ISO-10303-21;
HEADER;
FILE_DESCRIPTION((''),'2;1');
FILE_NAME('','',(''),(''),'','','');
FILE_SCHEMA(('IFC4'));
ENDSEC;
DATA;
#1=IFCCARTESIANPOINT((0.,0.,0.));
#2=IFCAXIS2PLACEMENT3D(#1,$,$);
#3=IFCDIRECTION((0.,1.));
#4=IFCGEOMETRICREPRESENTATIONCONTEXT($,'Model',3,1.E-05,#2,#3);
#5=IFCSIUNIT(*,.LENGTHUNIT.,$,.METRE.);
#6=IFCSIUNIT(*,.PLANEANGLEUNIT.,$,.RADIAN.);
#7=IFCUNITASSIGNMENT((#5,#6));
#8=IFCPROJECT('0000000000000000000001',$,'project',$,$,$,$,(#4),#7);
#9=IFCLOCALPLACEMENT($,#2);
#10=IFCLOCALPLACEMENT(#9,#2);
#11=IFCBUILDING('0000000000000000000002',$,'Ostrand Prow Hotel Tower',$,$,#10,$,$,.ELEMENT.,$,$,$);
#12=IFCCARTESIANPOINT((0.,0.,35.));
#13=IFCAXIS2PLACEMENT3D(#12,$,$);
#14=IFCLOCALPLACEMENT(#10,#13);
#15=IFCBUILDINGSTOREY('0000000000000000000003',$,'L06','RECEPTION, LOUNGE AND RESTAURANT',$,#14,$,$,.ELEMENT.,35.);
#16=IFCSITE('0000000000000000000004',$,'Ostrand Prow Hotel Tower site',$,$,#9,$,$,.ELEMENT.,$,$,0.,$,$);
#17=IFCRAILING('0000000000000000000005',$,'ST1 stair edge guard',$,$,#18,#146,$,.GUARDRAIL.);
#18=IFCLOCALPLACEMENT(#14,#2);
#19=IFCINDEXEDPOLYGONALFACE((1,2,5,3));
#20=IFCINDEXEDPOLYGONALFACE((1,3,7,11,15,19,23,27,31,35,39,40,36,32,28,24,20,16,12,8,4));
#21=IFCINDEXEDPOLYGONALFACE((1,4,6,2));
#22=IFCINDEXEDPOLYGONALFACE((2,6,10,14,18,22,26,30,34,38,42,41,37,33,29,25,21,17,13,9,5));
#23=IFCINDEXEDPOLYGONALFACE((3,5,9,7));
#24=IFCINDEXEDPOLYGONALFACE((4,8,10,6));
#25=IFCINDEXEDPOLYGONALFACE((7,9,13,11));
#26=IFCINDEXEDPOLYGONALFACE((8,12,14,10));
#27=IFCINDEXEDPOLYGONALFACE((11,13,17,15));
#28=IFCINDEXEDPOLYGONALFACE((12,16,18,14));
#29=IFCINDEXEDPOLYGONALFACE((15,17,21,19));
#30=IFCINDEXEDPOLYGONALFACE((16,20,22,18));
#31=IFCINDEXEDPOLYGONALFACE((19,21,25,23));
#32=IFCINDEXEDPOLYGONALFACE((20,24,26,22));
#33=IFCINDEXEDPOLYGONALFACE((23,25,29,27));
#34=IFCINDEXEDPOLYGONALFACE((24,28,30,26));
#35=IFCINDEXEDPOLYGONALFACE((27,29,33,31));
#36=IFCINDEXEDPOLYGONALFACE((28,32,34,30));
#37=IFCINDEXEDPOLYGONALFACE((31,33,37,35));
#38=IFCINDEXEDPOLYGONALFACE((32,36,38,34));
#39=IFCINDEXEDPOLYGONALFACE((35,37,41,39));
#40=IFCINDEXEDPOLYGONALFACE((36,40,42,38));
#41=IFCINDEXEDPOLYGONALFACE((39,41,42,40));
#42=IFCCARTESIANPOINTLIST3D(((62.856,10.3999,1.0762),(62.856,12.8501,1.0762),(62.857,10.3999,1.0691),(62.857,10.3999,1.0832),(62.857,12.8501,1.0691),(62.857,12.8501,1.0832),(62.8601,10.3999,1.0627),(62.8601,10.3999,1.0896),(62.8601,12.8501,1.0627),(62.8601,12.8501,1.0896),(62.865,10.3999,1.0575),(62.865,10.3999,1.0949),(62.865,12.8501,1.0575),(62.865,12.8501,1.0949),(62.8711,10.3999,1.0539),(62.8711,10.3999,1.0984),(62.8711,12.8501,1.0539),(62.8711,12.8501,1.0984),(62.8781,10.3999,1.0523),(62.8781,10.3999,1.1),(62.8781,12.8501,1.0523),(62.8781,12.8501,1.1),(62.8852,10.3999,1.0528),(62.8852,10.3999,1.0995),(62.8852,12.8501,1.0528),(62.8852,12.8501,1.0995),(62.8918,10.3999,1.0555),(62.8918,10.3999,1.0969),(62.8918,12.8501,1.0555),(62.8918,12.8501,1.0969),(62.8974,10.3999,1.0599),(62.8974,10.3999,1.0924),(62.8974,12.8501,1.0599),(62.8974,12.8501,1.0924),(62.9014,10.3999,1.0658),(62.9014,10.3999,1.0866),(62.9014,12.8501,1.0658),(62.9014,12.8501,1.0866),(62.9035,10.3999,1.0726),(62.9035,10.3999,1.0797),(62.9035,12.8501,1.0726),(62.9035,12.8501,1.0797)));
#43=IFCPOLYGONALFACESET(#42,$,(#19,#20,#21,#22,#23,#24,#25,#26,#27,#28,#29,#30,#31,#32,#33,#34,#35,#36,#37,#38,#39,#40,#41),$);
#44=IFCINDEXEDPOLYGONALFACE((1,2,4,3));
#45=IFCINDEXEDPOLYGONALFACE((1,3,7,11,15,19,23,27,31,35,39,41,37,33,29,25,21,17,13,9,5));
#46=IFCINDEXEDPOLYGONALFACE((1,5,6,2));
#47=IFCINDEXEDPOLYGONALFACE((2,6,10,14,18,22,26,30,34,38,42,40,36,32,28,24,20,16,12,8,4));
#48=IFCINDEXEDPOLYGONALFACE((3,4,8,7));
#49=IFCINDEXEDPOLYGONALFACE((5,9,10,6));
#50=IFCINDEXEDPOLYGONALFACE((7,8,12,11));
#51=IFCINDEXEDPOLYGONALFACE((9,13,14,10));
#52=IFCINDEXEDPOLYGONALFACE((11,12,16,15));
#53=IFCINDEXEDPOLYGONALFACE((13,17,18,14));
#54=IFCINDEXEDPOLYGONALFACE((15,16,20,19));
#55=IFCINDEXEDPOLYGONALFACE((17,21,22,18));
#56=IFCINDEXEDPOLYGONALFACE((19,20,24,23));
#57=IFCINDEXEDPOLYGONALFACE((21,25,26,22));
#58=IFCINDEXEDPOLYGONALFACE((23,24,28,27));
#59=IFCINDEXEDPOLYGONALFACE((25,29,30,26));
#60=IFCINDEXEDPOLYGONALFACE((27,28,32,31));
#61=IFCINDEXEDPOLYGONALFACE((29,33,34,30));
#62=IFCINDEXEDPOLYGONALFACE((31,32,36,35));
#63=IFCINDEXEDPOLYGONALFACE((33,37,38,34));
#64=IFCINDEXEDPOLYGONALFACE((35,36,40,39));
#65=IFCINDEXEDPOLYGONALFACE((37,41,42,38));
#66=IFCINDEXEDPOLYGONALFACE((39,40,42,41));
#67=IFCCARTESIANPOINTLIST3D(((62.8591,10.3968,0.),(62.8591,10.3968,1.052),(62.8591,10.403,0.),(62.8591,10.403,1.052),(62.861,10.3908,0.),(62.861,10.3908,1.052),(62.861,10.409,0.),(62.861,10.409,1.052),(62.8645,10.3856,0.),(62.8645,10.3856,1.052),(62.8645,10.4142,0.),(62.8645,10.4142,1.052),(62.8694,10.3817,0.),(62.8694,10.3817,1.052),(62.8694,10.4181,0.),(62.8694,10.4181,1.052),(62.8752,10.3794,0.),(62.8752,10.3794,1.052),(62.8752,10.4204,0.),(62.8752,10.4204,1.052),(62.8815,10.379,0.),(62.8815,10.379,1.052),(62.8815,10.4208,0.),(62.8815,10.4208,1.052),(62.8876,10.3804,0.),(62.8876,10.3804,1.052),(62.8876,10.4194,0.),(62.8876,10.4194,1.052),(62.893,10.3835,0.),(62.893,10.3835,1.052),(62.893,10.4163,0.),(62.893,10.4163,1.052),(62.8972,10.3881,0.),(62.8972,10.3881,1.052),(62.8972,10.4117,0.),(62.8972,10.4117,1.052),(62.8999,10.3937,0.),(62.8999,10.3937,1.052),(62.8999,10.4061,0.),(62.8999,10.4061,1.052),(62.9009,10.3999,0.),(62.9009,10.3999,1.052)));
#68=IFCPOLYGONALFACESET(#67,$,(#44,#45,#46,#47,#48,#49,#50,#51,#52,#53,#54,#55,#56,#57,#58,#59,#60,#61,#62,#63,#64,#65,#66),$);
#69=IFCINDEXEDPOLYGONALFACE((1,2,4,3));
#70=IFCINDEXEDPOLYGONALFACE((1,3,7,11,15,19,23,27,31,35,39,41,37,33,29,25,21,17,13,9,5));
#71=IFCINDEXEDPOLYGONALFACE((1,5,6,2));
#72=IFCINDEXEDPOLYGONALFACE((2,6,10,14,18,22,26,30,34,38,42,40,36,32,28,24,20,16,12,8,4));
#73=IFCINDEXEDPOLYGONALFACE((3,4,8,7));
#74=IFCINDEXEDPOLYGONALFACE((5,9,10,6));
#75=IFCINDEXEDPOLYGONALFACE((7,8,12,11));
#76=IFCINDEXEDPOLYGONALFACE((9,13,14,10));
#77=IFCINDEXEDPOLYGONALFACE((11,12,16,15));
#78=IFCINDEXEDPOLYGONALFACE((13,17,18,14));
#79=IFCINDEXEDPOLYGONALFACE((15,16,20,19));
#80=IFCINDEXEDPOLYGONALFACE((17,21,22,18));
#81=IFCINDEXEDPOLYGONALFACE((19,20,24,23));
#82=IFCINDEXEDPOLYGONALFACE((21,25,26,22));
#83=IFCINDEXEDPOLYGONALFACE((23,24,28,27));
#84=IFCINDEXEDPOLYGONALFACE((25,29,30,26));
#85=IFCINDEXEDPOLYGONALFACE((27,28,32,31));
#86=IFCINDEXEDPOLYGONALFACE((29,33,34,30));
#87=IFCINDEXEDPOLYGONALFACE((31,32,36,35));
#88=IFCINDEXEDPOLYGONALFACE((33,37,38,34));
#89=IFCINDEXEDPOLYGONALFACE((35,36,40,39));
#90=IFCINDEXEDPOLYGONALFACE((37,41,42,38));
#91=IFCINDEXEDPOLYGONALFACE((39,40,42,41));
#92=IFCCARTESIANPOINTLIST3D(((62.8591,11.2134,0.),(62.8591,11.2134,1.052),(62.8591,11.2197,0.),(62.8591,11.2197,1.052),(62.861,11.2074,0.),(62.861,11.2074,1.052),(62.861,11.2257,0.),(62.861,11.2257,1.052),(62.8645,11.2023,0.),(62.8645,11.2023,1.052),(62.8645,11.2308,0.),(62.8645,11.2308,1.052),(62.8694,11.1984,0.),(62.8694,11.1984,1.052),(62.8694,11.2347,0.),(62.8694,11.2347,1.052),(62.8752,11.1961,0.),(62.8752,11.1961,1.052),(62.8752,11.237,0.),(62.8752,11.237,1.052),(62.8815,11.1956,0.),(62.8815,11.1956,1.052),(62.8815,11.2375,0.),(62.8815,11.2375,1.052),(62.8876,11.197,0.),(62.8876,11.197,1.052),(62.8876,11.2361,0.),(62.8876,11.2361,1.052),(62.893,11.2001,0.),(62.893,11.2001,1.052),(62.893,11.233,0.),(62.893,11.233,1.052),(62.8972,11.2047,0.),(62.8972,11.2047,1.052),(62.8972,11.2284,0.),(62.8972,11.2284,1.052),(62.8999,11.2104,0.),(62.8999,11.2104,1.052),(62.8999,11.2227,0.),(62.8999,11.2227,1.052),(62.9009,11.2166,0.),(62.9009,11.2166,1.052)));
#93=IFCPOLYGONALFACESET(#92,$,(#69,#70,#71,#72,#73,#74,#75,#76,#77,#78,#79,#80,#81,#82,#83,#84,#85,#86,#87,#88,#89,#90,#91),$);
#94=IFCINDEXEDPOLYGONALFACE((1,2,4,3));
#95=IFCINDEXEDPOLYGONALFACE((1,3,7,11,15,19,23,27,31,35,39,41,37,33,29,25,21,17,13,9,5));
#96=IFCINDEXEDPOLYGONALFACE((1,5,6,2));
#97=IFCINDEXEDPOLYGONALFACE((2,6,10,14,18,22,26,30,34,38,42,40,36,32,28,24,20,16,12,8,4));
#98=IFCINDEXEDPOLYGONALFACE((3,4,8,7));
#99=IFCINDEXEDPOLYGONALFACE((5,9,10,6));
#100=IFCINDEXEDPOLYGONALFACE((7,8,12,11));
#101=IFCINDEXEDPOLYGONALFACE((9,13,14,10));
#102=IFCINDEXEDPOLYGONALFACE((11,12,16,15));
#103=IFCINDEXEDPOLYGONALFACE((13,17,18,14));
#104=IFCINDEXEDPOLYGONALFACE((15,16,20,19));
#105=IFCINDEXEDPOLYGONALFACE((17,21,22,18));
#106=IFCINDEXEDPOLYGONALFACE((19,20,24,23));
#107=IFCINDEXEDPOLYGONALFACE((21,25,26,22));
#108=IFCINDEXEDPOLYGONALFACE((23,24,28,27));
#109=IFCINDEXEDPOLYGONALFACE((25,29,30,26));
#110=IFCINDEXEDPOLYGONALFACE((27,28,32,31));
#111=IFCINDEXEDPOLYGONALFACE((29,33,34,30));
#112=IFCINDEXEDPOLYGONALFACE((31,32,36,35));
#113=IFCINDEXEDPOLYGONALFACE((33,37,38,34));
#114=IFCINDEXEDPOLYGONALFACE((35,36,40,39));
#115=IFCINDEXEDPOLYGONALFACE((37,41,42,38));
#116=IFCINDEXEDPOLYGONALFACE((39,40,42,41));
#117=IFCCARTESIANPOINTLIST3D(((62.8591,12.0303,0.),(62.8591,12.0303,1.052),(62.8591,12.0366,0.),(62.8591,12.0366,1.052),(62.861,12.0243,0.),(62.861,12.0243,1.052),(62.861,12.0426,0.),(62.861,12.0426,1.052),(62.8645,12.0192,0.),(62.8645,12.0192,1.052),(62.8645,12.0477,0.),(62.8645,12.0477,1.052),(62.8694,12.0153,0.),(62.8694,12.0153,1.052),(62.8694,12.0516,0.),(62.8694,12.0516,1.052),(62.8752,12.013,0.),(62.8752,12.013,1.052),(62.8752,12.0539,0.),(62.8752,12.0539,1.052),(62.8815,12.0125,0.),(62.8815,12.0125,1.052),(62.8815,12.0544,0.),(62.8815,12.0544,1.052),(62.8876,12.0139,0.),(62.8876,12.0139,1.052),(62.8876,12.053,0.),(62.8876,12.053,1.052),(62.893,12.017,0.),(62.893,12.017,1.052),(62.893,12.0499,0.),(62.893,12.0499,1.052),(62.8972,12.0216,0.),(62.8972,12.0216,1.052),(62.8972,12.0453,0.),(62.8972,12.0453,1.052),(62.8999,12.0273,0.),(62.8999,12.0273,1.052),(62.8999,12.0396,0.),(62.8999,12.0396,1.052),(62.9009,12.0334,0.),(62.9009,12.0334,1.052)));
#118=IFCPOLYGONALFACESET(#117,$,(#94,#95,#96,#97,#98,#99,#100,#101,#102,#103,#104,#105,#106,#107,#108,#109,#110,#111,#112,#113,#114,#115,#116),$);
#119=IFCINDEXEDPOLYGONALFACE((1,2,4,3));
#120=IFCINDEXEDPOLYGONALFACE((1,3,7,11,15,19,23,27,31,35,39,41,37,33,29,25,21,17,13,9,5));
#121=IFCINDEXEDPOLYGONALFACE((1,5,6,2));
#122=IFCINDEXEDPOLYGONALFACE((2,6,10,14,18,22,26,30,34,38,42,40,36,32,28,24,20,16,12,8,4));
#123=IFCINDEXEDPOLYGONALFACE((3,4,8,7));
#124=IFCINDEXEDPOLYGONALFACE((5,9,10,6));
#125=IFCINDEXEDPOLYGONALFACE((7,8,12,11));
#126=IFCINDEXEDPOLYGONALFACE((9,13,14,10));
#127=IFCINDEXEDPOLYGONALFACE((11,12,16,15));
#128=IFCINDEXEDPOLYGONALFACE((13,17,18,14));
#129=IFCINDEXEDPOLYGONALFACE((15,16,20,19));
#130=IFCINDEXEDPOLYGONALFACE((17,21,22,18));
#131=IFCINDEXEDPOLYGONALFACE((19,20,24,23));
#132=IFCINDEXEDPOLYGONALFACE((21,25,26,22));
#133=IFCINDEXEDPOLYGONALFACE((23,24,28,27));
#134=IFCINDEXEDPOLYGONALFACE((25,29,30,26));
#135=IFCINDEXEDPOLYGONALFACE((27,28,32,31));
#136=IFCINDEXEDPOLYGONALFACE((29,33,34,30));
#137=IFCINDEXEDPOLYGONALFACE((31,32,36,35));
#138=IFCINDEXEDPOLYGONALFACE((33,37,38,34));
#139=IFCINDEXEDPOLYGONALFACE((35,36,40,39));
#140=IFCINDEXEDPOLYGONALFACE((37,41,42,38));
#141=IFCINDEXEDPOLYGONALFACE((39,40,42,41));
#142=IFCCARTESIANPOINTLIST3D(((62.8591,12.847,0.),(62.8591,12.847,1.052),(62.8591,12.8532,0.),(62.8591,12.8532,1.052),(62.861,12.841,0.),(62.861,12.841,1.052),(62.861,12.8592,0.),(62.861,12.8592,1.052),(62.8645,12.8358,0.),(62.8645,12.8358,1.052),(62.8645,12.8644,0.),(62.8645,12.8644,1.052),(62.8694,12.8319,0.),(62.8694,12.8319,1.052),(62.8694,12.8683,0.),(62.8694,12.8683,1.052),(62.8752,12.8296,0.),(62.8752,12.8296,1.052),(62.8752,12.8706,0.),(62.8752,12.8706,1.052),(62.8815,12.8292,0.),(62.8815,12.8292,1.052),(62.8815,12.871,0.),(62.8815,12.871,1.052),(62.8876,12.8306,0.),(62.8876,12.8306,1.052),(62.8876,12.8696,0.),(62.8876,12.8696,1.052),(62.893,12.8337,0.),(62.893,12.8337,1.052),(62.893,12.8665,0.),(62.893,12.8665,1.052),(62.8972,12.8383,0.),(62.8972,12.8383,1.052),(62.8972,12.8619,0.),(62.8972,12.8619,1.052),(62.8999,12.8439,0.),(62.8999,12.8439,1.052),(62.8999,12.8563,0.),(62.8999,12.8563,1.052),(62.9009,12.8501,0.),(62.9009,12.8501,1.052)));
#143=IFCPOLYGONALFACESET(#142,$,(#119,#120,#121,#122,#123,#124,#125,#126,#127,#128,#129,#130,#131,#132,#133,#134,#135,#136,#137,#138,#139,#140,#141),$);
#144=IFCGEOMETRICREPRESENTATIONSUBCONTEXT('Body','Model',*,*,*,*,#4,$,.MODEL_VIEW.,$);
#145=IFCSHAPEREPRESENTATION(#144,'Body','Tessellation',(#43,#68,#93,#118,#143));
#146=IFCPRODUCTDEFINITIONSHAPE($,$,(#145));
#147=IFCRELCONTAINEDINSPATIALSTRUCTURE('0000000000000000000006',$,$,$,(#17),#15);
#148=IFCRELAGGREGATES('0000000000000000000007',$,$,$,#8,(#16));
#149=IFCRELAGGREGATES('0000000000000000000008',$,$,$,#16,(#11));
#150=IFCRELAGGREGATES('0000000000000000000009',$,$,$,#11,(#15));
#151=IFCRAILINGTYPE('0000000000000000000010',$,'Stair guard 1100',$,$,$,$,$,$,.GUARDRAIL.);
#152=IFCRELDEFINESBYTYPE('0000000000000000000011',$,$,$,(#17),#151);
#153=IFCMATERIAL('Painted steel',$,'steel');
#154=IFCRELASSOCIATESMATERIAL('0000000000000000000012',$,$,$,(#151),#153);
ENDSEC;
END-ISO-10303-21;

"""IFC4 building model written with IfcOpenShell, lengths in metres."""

from ifc_helpers import new_model, si_unit, direction, frame, origin, origin_2d, place, context, subcontext, project, spatial, circle, extrude, material, type_object, element, save


model = new_model("IFC4")

# Units and contexts
model_context = context("Model", 3, precision=1e-05, world=origin(), true_north=direction((0.0, 1.0)))
body_context = subcontext(model_context, "Body", "Model", "MODEL_VIEW")
ifc_project = project(units=[si_unit("LENGTHUNIT", "METRE"), si_unit("PLANEANGLEUNIT", "RADIAN")], contexts=[model_context])

# Site, building, storey
site_placement = place(None, origin())
site = spatial("IfcSite", under=ifc_project, at=site_placement, Name="Ostrand Prow Hotel Tower site", CompositionType="ELEMENT", RefElevation=0.0)
building_placement = place(site_placement, origin())
building = spatial("IfcBuilding", under=site, at=building_placement, Name="Ostrand Prow Hotel Tower", CompositionType="ELEMENT")
storey_placement = place(building_placement, frame((0.0, 0.0, 35.0)))
storey = spatial("IfcBuildingStorey", under=building, at=storey_placement, Name="L06", Description="RECEPTION, LOUNGE AND RESTAURANT", CompositionType="ELEMENT", Elevation=35.0)

# Railing
ifc_material_1 = material(Name="Painted steel", Category="steel")
railing_type_1 = type_object("IfcRailingType", Name="Stair guard 1100", PredefinedType="GUARDRAIL", material=ifc_material_1)
railing_1_placement = place(storey_placement, frame((62.8799, 10.3999, 0.0)))
element("IfcRailing", 1, at=railing_1_placement, inside=storey, type_object=railing_type_1, Name="ST1 stair edge guard", PredefinedType="GUARDRAIL", context=body_context, shape_type="SweptSolid", body=[
    extrude(circle(Radius=0.0239, at=origin_2d()), frame((0.0, 0.0, 1.0762), z_axis=(0.0, 1.0, 0.0), x_axis=(-1.0, 0.0, 0.0)), (0.0, 0.0, 1.0), 2.4502),
    extrude(circle(Radius=0.021, at=origin_2d()), origin(), (0.0, 0.0, 1.0), 1.052),
    extrude(circle(Radius=0.021, at=origin_2d()), frame((0.0, 0.8167, 0.0)), (0.0, 0.0, 1.0), 1.052),
    extrude(circle(Radius=0.021, at=origin_2d()), frame((0.0, 1.6335, 0.0)), (0.0, 0.0, 1.0), 1.052),
    extrude(circle(Radius=0.021, at=origin_2d()), frame((0.0, 2.4502, 0.0)), (0.0, 0.0, 1.0), 1.052),
])

save(model, "model.ifc")
